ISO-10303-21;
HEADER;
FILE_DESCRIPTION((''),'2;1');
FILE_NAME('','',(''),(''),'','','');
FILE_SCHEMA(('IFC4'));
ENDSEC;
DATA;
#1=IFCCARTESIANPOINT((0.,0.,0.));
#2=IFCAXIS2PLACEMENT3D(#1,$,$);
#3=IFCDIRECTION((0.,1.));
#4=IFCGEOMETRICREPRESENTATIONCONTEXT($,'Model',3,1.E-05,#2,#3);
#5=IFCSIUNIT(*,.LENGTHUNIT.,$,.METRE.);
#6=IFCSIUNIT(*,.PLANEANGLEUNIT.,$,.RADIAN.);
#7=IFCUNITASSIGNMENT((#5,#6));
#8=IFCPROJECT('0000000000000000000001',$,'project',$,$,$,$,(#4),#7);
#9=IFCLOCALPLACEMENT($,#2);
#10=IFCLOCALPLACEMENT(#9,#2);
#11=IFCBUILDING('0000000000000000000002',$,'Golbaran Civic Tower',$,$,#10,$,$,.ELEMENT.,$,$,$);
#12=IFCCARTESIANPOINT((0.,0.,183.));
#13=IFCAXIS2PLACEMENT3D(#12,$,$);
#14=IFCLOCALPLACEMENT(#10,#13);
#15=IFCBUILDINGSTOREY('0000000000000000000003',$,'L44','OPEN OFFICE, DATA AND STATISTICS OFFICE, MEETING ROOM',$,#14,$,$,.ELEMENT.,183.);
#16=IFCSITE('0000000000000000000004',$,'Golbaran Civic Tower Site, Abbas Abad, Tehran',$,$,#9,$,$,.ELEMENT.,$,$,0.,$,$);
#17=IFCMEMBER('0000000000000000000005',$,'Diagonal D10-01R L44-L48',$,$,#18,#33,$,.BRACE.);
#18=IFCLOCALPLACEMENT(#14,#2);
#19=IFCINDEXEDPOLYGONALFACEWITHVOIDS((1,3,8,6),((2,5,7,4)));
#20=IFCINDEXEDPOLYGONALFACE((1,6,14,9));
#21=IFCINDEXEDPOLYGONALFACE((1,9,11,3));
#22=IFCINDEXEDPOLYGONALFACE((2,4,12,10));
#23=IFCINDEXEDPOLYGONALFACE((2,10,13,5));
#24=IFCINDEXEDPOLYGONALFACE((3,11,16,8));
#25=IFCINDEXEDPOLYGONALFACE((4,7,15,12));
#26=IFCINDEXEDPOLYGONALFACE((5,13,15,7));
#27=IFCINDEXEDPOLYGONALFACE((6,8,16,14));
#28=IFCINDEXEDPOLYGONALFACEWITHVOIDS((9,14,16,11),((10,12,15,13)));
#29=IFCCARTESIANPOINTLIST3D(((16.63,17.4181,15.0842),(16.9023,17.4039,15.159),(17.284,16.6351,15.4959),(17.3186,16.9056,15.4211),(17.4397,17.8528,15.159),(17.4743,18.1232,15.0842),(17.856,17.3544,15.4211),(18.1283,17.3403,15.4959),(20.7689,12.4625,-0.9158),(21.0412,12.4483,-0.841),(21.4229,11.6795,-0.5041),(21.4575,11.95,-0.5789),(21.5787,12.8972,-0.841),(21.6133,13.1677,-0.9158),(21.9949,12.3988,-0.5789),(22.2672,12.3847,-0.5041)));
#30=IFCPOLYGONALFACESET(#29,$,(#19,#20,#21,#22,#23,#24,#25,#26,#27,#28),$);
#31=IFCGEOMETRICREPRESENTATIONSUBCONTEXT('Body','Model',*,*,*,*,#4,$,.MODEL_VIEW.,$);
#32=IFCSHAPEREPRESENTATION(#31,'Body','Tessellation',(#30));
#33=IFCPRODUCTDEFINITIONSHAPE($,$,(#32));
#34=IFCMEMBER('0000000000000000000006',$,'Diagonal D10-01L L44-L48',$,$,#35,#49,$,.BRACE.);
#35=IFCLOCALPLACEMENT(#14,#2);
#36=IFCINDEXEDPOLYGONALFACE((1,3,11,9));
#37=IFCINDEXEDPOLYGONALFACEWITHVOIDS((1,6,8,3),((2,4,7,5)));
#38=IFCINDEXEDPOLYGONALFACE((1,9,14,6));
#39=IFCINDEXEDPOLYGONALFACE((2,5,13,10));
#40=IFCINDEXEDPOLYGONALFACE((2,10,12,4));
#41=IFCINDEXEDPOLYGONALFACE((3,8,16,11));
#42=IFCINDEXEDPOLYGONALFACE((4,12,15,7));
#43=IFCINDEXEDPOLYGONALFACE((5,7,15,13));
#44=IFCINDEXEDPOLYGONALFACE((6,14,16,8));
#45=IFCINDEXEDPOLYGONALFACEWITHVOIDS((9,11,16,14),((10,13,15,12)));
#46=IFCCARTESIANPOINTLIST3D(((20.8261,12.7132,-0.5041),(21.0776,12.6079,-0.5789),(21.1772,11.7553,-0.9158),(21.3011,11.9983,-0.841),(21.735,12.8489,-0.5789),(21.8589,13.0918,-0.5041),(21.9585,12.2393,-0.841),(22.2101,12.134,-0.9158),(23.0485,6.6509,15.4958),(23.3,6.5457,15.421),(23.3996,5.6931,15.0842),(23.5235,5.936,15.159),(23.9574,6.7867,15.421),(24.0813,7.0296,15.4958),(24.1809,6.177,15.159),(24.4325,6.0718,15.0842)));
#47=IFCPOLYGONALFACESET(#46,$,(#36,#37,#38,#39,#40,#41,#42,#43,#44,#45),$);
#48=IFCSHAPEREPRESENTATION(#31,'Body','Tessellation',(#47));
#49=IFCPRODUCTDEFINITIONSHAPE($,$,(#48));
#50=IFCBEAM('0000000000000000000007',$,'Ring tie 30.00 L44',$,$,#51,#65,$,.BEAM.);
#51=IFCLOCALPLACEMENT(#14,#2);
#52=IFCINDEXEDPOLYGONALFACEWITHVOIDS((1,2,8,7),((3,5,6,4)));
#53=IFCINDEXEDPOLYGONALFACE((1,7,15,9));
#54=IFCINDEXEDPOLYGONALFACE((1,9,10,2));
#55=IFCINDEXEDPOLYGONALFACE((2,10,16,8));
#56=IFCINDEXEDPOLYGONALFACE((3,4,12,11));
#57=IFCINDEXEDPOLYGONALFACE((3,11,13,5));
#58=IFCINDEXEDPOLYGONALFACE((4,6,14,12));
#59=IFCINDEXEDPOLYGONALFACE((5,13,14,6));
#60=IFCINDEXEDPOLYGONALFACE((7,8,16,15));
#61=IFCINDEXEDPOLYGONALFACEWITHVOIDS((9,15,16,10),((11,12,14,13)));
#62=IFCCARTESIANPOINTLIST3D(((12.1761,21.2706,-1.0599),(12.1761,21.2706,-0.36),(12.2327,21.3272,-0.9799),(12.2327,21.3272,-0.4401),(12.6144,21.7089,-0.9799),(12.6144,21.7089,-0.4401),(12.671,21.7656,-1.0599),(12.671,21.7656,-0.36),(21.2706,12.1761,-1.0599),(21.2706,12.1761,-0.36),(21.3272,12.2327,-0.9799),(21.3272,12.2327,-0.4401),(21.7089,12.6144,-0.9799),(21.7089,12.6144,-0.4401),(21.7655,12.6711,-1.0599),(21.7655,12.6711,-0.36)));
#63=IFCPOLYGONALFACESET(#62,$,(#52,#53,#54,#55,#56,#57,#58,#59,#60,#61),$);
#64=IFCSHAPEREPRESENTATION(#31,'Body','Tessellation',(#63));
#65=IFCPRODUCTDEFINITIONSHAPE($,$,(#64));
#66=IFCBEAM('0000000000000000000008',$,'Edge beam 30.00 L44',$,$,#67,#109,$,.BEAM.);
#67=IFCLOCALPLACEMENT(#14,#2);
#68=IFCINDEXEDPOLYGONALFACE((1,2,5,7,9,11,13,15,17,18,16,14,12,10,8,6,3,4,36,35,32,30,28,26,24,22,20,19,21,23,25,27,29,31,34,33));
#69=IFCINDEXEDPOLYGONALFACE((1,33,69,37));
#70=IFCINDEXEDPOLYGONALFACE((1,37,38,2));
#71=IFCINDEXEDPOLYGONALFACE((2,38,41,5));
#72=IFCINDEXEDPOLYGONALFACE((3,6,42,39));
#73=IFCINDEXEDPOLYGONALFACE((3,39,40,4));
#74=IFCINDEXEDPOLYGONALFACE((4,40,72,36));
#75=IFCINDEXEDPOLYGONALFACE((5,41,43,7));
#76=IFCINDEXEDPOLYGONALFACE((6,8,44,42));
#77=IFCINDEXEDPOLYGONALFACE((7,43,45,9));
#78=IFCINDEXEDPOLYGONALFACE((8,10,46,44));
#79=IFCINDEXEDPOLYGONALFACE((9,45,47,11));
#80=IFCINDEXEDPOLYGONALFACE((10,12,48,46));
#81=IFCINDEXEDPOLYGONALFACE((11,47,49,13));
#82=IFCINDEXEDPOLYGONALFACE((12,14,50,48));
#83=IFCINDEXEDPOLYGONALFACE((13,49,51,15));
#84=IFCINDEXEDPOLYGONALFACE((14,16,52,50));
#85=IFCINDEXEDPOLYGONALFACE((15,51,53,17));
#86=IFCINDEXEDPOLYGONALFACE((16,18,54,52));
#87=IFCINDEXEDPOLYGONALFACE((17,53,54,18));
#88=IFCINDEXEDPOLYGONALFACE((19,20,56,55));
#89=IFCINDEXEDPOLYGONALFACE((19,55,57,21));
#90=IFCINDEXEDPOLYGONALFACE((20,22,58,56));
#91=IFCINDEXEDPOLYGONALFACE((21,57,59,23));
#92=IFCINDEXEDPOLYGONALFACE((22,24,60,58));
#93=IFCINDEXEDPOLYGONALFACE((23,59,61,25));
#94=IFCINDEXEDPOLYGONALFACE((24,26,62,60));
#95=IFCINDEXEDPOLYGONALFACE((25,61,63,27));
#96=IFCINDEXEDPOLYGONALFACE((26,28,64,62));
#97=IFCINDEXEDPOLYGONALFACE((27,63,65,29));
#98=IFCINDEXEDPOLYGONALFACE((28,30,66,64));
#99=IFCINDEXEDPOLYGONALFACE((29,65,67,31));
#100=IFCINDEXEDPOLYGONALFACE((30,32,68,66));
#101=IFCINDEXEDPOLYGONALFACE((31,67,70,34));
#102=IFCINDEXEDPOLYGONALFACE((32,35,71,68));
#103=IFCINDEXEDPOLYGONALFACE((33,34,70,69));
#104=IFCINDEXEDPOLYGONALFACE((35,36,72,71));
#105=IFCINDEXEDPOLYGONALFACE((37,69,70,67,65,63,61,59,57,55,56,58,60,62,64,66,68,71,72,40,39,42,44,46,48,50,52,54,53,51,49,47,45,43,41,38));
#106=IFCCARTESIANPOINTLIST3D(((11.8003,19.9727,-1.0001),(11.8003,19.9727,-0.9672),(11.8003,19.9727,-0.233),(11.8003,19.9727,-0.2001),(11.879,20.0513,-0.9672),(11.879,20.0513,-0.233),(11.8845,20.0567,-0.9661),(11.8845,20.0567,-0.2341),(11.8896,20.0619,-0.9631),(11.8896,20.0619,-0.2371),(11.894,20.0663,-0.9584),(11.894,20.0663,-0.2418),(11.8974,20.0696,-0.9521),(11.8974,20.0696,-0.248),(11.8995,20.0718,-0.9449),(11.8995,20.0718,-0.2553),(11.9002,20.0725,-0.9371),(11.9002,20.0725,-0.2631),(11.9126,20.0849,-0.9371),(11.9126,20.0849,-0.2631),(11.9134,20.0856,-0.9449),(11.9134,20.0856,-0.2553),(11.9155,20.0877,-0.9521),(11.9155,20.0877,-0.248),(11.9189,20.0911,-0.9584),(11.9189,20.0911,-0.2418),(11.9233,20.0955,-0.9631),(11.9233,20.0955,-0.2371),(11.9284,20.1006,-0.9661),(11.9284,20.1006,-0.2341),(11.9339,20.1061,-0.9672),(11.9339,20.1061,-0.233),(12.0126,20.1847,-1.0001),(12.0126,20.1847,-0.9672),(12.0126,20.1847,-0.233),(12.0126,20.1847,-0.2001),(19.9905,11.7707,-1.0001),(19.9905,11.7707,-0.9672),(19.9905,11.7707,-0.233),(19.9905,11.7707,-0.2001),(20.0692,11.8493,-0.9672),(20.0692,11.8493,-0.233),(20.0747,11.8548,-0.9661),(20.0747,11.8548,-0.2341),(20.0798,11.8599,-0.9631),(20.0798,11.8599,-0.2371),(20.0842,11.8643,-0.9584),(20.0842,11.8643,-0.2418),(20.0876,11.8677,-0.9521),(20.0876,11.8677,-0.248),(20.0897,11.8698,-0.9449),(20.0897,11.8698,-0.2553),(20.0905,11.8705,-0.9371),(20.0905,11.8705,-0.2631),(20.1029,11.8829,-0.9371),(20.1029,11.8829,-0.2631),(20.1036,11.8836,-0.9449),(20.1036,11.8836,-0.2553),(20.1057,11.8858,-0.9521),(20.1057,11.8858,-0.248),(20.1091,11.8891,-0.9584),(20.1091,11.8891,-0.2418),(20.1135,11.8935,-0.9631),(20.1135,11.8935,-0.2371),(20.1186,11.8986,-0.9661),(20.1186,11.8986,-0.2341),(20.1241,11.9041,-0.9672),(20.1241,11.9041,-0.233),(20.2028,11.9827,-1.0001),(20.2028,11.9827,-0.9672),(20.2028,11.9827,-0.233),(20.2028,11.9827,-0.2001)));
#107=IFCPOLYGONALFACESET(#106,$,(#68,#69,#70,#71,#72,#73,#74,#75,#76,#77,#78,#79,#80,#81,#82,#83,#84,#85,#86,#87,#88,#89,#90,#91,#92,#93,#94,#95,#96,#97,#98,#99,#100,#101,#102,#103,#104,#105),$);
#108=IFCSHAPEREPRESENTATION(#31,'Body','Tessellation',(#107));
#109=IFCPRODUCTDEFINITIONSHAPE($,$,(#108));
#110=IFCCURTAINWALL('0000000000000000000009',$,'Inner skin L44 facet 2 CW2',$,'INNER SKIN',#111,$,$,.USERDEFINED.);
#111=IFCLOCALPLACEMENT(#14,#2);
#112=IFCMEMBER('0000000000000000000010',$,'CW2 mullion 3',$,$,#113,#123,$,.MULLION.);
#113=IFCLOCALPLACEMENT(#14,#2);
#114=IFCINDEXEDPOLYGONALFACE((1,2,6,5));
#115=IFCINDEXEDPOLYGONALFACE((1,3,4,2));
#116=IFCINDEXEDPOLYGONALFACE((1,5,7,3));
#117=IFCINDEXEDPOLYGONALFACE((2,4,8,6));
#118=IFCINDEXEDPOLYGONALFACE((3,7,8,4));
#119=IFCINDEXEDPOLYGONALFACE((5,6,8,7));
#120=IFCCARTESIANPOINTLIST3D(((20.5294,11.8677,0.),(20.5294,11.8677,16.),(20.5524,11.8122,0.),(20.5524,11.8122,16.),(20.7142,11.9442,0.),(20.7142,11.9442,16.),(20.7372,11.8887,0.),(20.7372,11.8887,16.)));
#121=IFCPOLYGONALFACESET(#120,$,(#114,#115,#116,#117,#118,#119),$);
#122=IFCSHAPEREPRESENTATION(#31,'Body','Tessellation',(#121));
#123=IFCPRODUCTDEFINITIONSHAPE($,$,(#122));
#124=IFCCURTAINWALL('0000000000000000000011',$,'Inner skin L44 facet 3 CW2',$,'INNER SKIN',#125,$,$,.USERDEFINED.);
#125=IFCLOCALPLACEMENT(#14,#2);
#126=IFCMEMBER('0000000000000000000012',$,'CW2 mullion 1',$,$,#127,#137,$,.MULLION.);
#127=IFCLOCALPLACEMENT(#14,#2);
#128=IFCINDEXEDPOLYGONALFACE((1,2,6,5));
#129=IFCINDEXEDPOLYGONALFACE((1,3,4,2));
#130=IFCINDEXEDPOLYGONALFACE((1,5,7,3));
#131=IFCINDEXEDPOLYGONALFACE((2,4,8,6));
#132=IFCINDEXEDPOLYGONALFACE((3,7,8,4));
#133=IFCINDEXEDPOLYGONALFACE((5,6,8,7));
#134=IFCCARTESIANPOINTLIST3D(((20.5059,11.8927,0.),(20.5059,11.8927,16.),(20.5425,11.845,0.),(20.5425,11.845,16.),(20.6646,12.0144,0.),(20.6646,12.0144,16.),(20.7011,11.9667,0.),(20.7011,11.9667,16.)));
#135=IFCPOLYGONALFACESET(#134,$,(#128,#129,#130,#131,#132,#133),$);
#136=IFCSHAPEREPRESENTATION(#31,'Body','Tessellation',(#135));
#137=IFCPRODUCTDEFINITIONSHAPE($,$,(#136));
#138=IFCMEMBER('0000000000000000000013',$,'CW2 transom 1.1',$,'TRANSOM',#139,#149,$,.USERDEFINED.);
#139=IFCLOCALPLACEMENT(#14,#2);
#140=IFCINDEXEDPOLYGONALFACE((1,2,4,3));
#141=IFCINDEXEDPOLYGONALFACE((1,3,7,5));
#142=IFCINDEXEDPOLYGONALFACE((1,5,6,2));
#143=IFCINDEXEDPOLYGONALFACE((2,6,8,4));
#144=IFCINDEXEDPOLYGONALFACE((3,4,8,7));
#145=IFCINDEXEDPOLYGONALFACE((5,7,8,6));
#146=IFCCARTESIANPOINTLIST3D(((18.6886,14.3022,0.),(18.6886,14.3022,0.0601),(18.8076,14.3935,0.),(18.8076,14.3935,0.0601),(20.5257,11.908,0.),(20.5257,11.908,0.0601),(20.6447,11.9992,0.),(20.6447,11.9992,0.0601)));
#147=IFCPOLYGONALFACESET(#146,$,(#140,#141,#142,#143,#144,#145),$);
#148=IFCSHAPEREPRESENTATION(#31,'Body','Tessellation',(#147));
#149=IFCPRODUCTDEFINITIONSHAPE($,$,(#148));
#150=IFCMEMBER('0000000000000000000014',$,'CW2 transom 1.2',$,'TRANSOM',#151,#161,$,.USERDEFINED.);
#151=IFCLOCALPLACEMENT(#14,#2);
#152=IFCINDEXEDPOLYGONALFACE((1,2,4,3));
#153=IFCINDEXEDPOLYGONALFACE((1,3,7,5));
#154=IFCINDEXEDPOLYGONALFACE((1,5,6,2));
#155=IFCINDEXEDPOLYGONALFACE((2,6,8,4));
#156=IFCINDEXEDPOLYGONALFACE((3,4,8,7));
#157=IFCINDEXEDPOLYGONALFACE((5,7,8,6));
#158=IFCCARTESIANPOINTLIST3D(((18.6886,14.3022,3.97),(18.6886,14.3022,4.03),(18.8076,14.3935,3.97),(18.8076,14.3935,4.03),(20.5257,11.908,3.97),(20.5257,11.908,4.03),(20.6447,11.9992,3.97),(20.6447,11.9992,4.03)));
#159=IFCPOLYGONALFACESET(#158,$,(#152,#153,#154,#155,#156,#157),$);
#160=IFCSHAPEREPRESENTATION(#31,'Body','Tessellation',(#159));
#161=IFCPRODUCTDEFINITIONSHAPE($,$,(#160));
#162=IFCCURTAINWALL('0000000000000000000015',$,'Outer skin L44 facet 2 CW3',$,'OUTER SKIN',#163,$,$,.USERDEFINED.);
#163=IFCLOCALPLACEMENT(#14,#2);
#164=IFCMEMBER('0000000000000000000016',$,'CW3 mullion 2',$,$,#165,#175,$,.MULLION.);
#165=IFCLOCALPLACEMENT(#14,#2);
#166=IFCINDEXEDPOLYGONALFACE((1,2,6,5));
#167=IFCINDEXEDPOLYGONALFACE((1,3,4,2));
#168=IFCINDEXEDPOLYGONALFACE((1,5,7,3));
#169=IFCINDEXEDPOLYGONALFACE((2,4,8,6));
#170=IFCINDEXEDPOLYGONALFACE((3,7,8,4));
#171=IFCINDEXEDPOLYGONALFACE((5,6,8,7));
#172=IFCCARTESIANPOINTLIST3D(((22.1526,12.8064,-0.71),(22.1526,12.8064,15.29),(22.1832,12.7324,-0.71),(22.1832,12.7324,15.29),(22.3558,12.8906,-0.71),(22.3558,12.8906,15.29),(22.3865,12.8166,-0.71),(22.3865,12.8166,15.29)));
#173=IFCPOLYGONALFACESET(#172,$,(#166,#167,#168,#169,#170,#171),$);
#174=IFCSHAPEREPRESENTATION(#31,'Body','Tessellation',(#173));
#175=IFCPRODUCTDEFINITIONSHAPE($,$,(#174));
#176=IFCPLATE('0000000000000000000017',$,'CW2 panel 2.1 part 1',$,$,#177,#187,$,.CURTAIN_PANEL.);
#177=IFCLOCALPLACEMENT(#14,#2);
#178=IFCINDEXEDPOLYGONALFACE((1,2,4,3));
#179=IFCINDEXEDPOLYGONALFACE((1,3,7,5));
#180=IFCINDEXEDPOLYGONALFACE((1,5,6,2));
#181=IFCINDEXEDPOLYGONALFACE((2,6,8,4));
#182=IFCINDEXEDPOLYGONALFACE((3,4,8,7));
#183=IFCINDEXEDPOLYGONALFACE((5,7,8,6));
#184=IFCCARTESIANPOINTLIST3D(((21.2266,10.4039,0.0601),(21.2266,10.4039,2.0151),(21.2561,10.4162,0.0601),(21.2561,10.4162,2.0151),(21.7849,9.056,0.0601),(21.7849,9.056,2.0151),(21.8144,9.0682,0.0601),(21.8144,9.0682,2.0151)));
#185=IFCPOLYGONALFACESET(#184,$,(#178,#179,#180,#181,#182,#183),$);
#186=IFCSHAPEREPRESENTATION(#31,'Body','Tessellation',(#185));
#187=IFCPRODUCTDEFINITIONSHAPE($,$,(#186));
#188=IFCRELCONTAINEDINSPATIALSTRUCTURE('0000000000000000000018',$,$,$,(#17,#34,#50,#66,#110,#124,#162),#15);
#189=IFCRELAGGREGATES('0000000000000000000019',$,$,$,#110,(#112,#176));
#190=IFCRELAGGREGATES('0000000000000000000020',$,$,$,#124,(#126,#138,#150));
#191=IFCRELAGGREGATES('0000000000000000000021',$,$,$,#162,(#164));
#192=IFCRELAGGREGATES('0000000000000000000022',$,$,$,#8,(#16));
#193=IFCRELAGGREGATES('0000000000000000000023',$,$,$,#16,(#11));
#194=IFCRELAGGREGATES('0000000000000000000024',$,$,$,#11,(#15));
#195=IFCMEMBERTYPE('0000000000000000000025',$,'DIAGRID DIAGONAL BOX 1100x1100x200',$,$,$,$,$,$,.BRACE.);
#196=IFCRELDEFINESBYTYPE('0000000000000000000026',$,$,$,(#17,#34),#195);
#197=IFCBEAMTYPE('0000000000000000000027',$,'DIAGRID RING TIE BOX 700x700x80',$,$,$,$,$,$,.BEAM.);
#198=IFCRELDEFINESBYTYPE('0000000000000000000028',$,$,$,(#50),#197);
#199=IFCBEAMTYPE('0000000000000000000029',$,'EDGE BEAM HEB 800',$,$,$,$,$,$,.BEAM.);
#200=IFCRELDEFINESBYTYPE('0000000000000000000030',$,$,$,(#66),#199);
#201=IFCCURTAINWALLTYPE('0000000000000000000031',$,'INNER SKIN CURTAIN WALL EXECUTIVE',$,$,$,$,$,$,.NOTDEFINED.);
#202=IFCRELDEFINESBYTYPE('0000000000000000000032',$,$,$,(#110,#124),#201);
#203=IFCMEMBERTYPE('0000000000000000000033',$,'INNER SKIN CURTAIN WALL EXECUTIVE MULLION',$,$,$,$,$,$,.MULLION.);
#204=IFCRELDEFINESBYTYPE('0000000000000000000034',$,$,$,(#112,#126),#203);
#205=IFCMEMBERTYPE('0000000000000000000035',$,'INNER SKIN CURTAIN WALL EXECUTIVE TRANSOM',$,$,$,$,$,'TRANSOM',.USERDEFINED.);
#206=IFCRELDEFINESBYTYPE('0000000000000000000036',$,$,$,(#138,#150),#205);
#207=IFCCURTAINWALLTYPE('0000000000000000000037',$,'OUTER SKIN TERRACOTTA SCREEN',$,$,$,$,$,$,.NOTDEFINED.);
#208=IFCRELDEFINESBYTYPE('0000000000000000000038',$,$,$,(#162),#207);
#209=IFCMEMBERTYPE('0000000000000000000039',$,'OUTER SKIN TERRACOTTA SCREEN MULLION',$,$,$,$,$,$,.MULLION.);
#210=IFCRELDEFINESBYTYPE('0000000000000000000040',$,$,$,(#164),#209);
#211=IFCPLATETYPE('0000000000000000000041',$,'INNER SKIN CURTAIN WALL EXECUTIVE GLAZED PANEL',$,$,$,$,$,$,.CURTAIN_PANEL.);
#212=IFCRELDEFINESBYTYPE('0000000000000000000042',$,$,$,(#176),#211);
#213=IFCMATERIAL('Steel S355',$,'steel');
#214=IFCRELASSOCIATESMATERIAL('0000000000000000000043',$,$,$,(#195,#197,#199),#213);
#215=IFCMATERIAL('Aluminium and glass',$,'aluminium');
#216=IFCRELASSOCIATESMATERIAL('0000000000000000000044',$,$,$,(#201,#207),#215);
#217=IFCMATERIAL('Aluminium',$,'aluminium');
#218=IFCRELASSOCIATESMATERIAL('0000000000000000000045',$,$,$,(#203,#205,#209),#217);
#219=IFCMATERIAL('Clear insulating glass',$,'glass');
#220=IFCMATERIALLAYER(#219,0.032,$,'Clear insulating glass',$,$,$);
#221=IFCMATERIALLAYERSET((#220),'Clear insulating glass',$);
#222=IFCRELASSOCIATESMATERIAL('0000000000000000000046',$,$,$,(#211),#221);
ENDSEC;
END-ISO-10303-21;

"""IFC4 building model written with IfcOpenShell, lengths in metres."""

from ifc_helpers import new_model, si_unit, direction, frame, origin, origin_2d, place, context, subcontext, project, spatial, rectangle, hollow_rectangle, i_section, extrude, material, layer, layer_set, material_profile, profile_set, type_object, element, aggregate, save


model = new_model("IFC4")

# Units and contexts
model_context = context("Model", 3, precision=1e-05, world=origin(), true_north=direction((0.0, 1.0)))
body_context = subcontext(model_context, "Body", "Model", "MODEL_VIEW")
ifc_project = project(units=[si_unit("LENGTHUNIT", "METRE"), si_unit("PLANEANGLEUNIT", "RADIAN")], contexts=[model_context])

# Site, building, storey
site_placement = place(None, origin())
site = spatial("IfcSite", under=ifc_project, at=site_placement, Name="Golbaran Civic Tower Site, Abbas Abad, Tehran", CompositionType="ELEMENT", RefElevation=0.0)
building_placement = place(site_placement, origin())
building = spatial("IfcBuilding", under=site, at=building_placement, Name="Golbaran Civic Tower", CompositionType="ELEMENT")
storey_placement = place(building_placement, frame((0.0, 0.0, 183.0)))
storey = spatial("IfcBuildingStorey", under=building, at=storey_placement, Name="L44", Description="OPEN OFFICE, DATA AND STATISTICS OFFICE, MEETING ROOM", CompositionType="ELEMENT", Elevation=183.0)

# Members
ifc_material_1 = material(Name="Steel S355", Category="steel")
ifc_material_profile_1 = material_profile(ifc_material_1, hollow_rectangle(XDim=1.1001, YDim=1.1001, WallThickness=0.2, at=origin_2d()), Name="BOX 1100x1100x200")
ifc_profile_set_1 = profile_set([ifc_material_profile_1], Name="Steel S355")
member_type_1 = type_object("IfcMemberType", Name="DIAGRID DIAGONAL BOX 1100x1100x200", PredefinedType="BRACE", material=ifc_profile_set_1)
for number, where, z_axis, x_axis, name in (
    (1, (21.5181, 12.4236, -0.71), (-0.239886, 0.287219, 0.92734), (-0.767514, -0.641032, 0.0), "Diagonal D10-01R L44-L48"),
    (2, (21.5181, 12.4236, -0.71), (0.128808, -0.35136, 0.927337), (0.938897, 0.344198, 0.0), "Diagonal D10-01L L44-L48"),
):
    element("IfcMember", number, at=place(storey_placement, frame(where, z_axis=z_axis, x_axis=x_axis)), inside=storey, type_object=member_type_1, Name=name, PredefinedType="BRACE", context=body_context, shape_type="SweptSolid", body=[
        extrude(hollow_rectangle(XDim=1.1001, YDim=1.1001, WallThickness=0.2, at=origin_2d()), origin(), (0.0, 0.0, 1.0), 17.2537),
    ])

# Beams
ifc_material_profile_2 = material_profile(ifc_material_1, hollow_rectangle(XDim=0.7, YDim=0.7, WallThickness=0.0801, at=origin_2d()), Name="BOX 700x700x80")
ifc_profile_set_2 = profile_set([ifc_material_profile_2], Name="Steel S355")
beam_type_1 = type_object("IfcBeamType", Name="DIAGRID RING TIE BOX 700x700x80", PredefinedType="BEAM", material=ifc_profile_set_2)
beam_1_placement = place(storey_placement, frame((21.5181, 12.4236, -0.71), z_axis=(-0.707107, 0.707107, 0.0), x_axis=(-0.707107, -0.707107, 0.0)))
element("IfcBeam", 3, at=beam_1_placement, inside=storey, type_object=beam_type_1, Name="Ring tie 30.00 L44", PredefinedType="BEAM", context=body_context, shape_type="SweptSolid", body=[
    extrude(hollow_rectangle(XDim=0.7, YDim=0.7, WallThickness=0.0801, at=origin_2d()), origin(), (0.0, 0.0, 1.0), 12.8616),
])
ifc_material_profile_3 = material_profile(ifc_material_1, i_section(OverallWidth=0.3, OverallDepth=0.8, WebThickness=0.0176, FlangeThickness=0.033, FilletRadius=0.03, at=origin_2d()), Name="HEB 800")
ifc_profile_set_3 = profile_set([ifc_material_profile_3], Name="Steel S355")
beam_type_2 = type_object("IfcBeamType", Name="EDGE BEAM HEB 800", PredefinedType="BEAM", material=ifc_profile_set_3)
beam_2_placement = place(storey_placement, frame((20.0967, 11.8767, -0.6001), z_axis=(-0.706601, 0.707612, 0.0), x_axis=(-0.707612, -0.706601, 0.0)))
element("IfcBeam", 4, at=beam_2_placement, inside=storey, type_object=beam_type_2, Name="Edge beam 30.00 L44", PredefinedType="BEAM", context=body_context, shape_type="SweptSolid", body=[
    extrude(i_section(OverallWidth=0.3, OverallDepth=0.8, WebThickness=0.0176, FlangeThickness=0.033, FilletRadius=0.03, at=origin_2d()), origin(), (0.0, 0.0, 1.0), 11.5911),
])

# Curtain wall, member
ifc_material_2 = material(Name="Aluminium and glass", Category="aluminium")
curtain_wall_type_1 = type_object("IfcCurtainWallType", Name="INNER SKIN CURTAIN WALL EXECUTIVE", PredefinedType="NOTDEFINED", material=ifc_material_2)
curtain_wall_1_placement = place(storey_placement, origin())
curtain_wall_1 = element("IfcCurtainWall", 5, at=curtain_wall_1_placement, inside=storey, type_object=curtain_wall_type_1, Name="Inner skin L44 facet 2 CW2", ObjectType="INNER SKIN", PredefinedType="USERDEFINED")
ifc_material_3 = material(Name="Aluminium", Category="aluminium")
ifc_material_profile_4 = material_profile(ifc_material_3, rectangle(XDim=0.2, YDim=0.0601, at=origin_2d()), Name="INNER SKIN CURTAIN WALL EXECUTIVE MULLION")
ifc_profile_set_4 = profile_set([ifc_material_profile_4], Name="Aluminium")
member_type_2 = type_object("IfcMemberType", Name="INNER SKIN CURTAIN WALL EXECUTIVE MULLION", PredefinedType="MULLION", material=ifc_profile_set_4)
member_1_placement = place(storey_placement, frame((20.6333, 11.8782, 0.0), z_axis=(0.0, 0.0, 1.0), x_axis=(-0.92388, -0.382683, 0.0)))
member_1 = element("IfcMember", 6, at=member_1_placement, type_object=member_type_2, Name="CW2 mullion 3", PredefinedType="MULLION", context=body_context, shape_type="SweptSolid", body=[
    extrude(rectangle(XDim=0.2, YDim=0.0601, at=origin_2d()), origin(), (0.0, 0.0, 1.0), 16.0),
])

# Curtain wall, members
curtain_wall_2_placement = place(storey_placement, origin())
curtain_wall_2 = element("IfcCurtainWall", 7, at=curtain_wall_2_placement, inside=storey, type_object=curtain_wall_type_1, Name="Inner skin L44 facet 3 CW2", ObjectType="INNER SKIN", PredefinedType="USERDEFINED")
member_2_placement = place(storey_placement, frame((20.6035, 11.9297, 0.0), z_axis=(0.0, 0.0, 1.0), x_axis=(-0.793353, -0.608761, 0.0)))
member_2 = element("IfcMember", 8, at=member_2_placement, type_object=member_type_2, Name="CW2 mullion 1", PredefinedType="MULLION", context=body_context, shape_type="SweptSolid", body=[
    extrude(rectangle(XDim=0.2, YDim=0.0601, at=origin_2d()), origin(), (0.0, 0.0, 1.0), 16.0),
])
ifc_material_profile_5 = material_profile(ifc_material_3, rectangle(XDim=0.1499, YDim=0.0601, at=origin_2d()), Name="INNER SKIN CURTAIN WALL EXECUTIVE TRANSOM")
ifc_profile_set_5 = profile_set([ifc_material_profile_5], Name="Aluminium")
member_type_3 = type_object("IfcMemberType", Name="INNER SKIN CURTAIN WALL EXECUTIVE TRANSOM", ElementType="TRANSOM", PredefinedType="USERDEFINED", material=ifc_profile_set_5)
member_3_placement = place(storey_placement, frame((20.5852, 11.9536, 0.03), z_axis=(-0.608752, 0.79336, 0.0), x_axis=(-0.79336, -0.608752, 0.0)))
member_3 = element("IfcMember", 9, at=member_3_placement, type_object=member_type_3, Name="CW2 transom 1.1", ObjectType="TRANSOM", PredefinedType="USERDEFINED", context=body_context, shape_type="SweptSolid", body=[
    extrude(rectangle(XDim=0.1499, YDim=0.0601, at=origin_2d()), origin(), (0.0, 0.0, 1.0), 3.0178),
])
member_4_placement = place(storey_placement, frame((20.5852, 11.9536, 4.0), z_axis=(-0.608752, 0.79336, 0.0), x_axis=(-0.79336, -0.608752, 0.0)))
member_4 = element("IfcMember", 10, at=member_4_placement, type_object=member_type_3, Name="CW2 transom 1.2", ObjectType="TRANSOM", PredefinedType="USERDEFINED", context=body_context, shape_type="SweptSolid", body=[
    extrude(rectangle(XDim=0.1499, YDim=0.0601, at=origin_2d()), origin(), (0.0, 0.0, 1.0), 3.0178),
])

# Curtain wall, member
curtain_wall_type_2 = type_object("IfcCurtainWallType", Name="OUTER SKIN TERRACOTTA SCREEN", PredefinedType="NOTDEFINED", material=ifc_material_2)
curtain_wall_3_placement = place(storey_placement, origin())
curtain_wall_3 = element("IfcCurtainWall", 11, at=curtain_wall_3_placement, inside=storey, type_object=curtain_wall_type_2, Name="Outer skin L44 facet 2 CW3", ObjectType="OUTER SKIN", PredefinedType="USERDEFINED")
ifc_material_profile_6 = material_profile(ifc_material_3, rectangle(XDim=0.22, YDim=0.0801, at=origin_2d()), Name="OUTER SKIN TERRACOTTA SCREEN MULLION")
ifc_profile_set_6 = profile_set([ifc_material_profile_6], Name="Aluminium")
member_type_4 = type_object("IfcMemberType", Name="OUTER SKIN TERRACOTTA SCREEN MULLION", PredefinedType="MULLION", material=ifc_profile_set_6)
member_5_placement = place(storey_placement, frame((22.2695, 12.8115, -0.71), z_axis=(0.0, 0.0, 1.0), x_axis=(-0.92388, -0.382683, 0.0)))
member_5 = element("IfcMember", 12, at=member_5_placement, type_object=member_type_4, Name="CW3 mullion 2", PredefinedType="MULLION", context=body_context, shape_type="SweptSolid", body=[
    extrude(rectangle(XDim=0.22, YDim=0.0801, at=origin_2d()), origin(), (0.0, 0.0, 1.0), 16.0),
])

# Plate
ifc_material_4 = material(Name="Clear insulating glass", Category="glass")
ifc_layer_1 = layer(ifc_material_4, 0.032, Name="Clear insulating glass")
ifc_layer_set_1 = layer_set([ifc_layer_1], Name="Clear insulating glass")
plate_type_1 = type_object("IfcPlateType", Name="INNER SKIN CURTAIN WALL EXECUTIVE GLAZED PANEL", PredefinedType="CURTAIN_PANEL", material=ifc_layer_set_1)
plate_1_placement = place(storey_placement, frame((21.5205, 9.7361, 0.0601), z_axis=(0.0, 0.0, 1.0), x_axis=(-0.382683, 0.92388, 0.0)))
plate_1 = element("IfcPlate", 13, at=plate_1_placement, type_object=plate_type_1, Name="CW2 panel 2.1 part 1", PredefinedType="CURTAIN_PANEL", context=body_context, shape_type="SweptSolid", body=[
    extrude(rectangle(XDim=1.459, YDim=0.032, at=origin_2d()), origin(), (0.0, 0.0, 1.0), 1.9551),
])
aggregate(curtain_wall_1, [member_1, plate_1])
aggregate(curtain_wall_2, [member_2, member_3, member_4])
aggregate(curtain_wall_3, [member_5])

save(model, "model.ifc")
